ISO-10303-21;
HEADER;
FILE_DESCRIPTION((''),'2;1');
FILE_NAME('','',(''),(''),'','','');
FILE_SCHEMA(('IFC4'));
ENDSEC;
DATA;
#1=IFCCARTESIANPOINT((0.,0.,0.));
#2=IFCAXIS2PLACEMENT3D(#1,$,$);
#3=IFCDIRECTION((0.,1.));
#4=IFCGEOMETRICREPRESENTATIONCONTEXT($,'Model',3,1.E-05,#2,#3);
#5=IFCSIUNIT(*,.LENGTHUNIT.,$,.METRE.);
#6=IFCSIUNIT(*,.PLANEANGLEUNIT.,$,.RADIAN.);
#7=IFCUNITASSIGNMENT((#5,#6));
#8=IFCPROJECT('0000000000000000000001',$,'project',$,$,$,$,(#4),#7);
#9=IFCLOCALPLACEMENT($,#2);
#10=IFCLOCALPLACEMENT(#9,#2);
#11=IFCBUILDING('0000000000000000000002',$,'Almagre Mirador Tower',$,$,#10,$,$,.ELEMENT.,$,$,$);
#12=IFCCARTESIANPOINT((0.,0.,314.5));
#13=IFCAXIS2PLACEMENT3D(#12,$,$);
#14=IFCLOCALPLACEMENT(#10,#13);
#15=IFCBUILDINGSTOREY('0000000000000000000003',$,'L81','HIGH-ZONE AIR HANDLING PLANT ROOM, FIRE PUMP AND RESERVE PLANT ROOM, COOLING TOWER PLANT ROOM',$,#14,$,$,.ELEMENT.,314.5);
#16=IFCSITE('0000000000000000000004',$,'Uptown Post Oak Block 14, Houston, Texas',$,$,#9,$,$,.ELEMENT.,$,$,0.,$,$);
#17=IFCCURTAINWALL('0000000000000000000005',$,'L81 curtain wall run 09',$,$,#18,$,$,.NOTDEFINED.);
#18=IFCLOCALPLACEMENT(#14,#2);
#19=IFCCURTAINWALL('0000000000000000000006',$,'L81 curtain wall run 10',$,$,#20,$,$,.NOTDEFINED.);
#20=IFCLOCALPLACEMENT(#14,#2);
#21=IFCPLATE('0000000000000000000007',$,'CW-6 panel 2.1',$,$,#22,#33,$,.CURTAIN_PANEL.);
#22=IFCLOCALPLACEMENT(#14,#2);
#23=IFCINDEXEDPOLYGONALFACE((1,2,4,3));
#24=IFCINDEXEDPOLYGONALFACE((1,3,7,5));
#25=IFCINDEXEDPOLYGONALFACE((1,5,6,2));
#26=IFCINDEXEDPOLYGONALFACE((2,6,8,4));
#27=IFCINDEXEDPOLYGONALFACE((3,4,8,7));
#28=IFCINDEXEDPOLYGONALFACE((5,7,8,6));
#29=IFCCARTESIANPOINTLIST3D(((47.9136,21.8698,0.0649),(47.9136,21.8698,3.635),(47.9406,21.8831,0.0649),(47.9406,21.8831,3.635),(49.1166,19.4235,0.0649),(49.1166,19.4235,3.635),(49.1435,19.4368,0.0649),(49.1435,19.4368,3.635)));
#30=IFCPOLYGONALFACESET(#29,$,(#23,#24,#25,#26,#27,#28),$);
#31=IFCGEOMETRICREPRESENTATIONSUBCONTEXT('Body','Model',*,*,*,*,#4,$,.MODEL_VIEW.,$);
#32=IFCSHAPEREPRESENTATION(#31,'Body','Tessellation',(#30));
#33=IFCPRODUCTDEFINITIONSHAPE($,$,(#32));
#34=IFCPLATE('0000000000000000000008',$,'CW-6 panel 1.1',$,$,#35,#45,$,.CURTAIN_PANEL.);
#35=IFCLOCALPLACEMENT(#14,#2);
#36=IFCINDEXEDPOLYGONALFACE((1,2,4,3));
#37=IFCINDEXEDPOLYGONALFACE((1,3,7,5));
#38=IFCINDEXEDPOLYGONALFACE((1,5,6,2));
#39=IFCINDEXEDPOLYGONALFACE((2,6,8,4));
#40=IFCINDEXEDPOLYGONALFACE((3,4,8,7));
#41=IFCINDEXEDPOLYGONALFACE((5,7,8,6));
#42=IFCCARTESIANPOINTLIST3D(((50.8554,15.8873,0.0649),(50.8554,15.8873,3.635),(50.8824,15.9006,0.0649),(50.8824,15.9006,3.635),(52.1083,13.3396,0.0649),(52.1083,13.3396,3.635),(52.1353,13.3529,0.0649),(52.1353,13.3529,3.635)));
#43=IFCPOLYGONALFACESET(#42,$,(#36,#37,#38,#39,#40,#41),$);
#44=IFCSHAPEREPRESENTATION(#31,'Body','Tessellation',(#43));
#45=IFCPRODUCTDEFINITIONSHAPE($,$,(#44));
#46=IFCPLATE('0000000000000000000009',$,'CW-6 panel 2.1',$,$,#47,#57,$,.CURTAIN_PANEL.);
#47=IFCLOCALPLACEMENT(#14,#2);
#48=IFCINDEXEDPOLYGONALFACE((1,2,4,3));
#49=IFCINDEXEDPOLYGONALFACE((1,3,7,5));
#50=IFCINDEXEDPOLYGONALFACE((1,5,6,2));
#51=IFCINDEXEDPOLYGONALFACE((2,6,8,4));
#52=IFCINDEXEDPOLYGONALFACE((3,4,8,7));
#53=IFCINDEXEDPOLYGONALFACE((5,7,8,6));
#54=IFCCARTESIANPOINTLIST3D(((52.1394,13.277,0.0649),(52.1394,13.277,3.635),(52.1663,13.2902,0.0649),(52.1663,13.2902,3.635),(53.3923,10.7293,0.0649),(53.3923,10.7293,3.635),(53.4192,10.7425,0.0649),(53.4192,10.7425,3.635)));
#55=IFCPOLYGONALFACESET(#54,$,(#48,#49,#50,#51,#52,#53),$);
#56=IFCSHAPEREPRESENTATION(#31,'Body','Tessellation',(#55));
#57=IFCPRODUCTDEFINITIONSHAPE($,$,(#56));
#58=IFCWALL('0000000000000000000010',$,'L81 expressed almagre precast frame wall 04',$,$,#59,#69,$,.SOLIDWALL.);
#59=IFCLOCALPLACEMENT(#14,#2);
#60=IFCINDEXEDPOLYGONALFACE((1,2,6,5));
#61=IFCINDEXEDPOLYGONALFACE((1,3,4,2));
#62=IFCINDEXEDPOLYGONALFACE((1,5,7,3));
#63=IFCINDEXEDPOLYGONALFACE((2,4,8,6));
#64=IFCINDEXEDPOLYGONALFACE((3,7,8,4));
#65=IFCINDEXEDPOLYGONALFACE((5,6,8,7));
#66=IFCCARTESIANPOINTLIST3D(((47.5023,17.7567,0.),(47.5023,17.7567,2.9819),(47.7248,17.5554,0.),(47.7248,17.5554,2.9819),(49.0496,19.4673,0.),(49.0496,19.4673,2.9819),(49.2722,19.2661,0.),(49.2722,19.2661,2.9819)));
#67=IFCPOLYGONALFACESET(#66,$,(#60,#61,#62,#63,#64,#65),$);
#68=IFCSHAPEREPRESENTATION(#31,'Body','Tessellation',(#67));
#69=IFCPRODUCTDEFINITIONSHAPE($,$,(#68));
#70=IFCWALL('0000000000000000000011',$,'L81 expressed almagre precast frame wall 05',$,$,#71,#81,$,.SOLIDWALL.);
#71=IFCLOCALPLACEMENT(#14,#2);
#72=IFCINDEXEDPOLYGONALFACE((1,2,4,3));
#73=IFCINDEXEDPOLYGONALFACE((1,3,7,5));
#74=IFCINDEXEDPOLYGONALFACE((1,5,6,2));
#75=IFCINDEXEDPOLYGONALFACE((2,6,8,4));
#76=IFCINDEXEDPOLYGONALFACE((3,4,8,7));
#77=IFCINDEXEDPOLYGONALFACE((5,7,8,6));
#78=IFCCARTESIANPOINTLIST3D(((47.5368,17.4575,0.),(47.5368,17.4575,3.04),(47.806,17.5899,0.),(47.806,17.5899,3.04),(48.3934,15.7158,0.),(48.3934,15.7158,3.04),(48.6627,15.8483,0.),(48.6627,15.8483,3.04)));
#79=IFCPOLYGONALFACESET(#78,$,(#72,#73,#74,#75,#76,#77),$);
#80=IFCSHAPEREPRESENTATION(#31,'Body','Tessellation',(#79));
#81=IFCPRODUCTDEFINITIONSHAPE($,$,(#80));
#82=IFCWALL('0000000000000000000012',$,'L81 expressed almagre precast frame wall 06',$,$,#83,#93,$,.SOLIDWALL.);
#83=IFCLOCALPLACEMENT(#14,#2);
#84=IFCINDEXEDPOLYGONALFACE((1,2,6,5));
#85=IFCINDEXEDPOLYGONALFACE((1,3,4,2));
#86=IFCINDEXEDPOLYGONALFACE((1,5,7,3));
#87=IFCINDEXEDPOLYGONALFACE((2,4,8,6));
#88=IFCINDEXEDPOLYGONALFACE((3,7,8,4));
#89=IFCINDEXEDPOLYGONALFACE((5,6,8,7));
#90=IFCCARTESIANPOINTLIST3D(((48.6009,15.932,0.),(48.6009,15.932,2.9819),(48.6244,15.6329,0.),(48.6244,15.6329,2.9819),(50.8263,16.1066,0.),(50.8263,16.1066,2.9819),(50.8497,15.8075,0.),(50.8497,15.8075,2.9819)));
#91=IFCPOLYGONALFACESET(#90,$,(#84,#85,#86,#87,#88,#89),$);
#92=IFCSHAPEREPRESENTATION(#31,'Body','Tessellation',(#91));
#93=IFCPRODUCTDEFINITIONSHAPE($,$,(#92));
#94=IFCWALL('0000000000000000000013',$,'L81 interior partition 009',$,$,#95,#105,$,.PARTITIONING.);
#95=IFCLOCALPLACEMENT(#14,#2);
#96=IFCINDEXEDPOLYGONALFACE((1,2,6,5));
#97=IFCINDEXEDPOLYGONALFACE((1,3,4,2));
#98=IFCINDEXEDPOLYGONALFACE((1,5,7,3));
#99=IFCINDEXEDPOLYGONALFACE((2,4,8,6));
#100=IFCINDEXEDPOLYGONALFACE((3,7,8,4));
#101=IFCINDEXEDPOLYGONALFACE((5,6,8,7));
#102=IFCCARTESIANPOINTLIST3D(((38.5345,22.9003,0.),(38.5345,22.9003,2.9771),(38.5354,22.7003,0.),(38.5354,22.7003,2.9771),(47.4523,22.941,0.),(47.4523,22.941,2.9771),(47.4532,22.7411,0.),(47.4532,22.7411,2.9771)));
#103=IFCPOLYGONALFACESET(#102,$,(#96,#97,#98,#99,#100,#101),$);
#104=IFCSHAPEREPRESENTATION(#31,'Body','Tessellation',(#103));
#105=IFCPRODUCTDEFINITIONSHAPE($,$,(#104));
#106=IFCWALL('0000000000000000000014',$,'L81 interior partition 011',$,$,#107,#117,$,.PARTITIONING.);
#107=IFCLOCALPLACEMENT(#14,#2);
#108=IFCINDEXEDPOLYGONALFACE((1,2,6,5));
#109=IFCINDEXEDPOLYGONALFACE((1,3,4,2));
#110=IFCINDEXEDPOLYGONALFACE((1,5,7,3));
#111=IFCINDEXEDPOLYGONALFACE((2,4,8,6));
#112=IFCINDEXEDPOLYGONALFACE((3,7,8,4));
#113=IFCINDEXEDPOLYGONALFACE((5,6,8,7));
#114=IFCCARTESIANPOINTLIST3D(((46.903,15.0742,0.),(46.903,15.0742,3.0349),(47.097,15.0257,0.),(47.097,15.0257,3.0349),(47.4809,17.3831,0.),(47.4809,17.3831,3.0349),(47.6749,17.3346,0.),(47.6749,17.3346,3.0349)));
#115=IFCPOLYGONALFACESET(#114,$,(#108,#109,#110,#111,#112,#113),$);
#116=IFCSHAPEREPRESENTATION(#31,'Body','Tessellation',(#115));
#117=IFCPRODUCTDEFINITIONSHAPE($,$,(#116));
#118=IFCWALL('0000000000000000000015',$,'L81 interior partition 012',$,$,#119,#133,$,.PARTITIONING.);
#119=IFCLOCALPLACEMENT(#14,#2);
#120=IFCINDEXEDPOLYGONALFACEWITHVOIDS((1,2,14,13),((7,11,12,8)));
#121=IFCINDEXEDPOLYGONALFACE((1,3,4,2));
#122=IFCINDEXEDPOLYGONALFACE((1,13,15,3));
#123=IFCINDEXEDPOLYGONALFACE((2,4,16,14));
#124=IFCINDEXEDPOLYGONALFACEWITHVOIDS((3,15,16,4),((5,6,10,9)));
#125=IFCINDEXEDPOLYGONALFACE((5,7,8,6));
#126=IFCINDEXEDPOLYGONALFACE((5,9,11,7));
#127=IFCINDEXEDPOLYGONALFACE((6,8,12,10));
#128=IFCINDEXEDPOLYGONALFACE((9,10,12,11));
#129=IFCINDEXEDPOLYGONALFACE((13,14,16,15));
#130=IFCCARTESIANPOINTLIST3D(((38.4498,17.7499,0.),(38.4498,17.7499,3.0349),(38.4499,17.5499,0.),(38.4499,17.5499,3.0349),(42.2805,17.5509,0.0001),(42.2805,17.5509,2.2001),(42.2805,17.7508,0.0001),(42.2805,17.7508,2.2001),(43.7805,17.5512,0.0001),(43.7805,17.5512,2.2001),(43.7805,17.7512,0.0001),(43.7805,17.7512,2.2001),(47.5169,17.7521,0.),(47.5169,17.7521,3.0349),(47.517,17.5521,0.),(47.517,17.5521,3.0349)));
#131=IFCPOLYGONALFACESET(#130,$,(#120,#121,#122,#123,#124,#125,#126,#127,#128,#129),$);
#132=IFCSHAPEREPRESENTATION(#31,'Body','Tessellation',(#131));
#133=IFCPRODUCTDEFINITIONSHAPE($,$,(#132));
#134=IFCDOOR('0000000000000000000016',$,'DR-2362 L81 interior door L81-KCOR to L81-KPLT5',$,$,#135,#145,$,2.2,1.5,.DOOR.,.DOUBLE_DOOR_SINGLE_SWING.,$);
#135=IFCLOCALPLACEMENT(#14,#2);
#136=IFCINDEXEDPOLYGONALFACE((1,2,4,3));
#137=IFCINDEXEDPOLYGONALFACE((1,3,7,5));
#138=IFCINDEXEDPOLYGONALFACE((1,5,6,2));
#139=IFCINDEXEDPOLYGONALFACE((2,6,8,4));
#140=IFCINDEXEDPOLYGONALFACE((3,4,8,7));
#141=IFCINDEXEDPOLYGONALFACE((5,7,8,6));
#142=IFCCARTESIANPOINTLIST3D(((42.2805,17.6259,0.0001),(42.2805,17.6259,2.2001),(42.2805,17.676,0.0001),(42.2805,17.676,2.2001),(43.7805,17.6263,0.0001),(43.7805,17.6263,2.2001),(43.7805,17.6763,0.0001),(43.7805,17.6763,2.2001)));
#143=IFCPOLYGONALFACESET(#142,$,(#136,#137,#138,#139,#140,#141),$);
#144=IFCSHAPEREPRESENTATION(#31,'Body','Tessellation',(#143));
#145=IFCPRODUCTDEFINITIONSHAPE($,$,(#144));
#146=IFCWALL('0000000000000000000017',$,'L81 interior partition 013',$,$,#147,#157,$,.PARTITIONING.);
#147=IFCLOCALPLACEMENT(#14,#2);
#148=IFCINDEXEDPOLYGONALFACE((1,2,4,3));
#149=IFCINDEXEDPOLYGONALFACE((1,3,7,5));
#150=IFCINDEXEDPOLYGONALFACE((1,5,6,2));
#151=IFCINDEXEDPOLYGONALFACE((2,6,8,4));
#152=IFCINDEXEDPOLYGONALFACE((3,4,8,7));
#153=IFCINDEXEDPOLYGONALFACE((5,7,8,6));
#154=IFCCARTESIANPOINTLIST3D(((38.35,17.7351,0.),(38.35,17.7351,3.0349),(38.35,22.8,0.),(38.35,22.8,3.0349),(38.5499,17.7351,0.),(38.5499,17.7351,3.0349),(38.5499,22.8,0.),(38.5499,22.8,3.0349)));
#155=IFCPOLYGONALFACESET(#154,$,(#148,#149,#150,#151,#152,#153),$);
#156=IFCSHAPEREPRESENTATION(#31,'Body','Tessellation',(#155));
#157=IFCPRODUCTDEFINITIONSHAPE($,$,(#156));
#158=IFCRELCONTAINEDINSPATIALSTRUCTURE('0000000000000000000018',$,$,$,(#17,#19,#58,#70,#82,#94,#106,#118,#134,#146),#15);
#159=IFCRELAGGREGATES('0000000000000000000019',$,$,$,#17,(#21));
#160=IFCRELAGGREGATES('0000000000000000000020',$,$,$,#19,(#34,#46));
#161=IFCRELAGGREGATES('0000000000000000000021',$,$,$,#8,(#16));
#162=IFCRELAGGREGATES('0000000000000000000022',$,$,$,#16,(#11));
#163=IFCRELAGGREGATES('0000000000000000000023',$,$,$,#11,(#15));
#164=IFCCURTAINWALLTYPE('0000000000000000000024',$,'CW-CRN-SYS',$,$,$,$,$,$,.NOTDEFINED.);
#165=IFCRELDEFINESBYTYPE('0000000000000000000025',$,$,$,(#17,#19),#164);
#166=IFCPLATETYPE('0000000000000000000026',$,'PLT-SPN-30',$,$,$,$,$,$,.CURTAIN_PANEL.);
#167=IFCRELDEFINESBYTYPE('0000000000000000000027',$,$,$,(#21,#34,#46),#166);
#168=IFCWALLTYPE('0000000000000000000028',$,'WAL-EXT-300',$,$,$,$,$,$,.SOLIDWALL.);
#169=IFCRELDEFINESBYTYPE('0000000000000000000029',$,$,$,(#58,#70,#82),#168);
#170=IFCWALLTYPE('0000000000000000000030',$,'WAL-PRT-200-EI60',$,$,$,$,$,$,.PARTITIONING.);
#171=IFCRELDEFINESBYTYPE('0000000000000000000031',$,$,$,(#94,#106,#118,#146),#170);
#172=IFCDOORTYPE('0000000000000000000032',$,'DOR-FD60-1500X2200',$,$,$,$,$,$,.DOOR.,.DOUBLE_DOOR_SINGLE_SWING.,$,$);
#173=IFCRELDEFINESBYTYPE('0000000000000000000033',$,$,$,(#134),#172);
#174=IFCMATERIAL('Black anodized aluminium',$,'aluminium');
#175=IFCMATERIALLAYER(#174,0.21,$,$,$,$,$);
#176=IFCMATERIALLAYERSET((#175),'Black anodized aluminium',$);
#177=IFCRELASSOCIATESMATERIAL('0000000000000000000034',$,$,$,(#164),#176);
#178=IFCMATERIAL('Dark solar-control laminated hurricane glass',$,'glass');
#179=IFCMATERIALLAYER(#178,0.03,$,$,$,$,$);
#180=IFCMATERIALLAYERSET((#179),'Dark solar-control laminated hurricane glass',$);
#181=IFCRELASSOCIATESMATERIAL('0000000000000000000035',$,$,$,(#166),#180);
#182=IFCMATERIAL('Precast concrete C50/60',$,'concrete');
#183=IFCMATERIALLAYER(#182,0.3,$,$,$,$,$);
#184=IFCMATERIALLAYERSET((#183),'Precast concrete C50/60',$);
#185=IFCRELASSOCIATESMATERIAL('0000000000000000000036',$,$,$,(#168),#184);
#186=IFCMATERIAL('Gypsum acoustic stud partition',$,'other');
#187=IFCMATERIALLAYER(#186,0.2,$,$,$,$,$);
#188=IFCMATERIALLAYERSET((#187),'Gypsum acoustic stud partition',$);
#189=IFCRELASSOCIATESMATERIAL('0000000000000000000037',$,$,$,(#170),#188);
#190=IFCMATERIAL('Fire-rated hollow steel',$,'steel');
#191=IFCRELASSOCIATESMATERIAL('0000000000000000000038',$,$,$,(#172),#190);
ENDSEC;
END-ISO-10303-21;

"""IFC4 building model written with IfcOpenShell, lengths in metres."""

from ifc_helpers import new_model, si_unit, direction, frame, frame_2d, origin, origin_2d, place, context, subcontext, project, spatial, rectangle, extrude, material, layer, layer_set, type_object, element, fill, aggregate, save


model = new_model("IFC4")

# Units and contexts
model_context = context("Model", 3, precision=1e-05, world=origin(), true_north=direction((0.0, 1.0)))
body_context = subcontext(model_context, "Body", "Model", "MODEL_VIEW")
ifc_project = project(units=[si_unit("LENGTHUNIT", "METRE"), si_unit("PLANEANGLEUNIT", "RADIAN")], contexts=[model_context])

# Site, building, storey
site_placement = place(None, origin())
site = spatial("IfcSite", under=ifc_project, at=site_placement, Name="Uptown Post Oak Block 14, Houston, Texas", CompositionType="ELEMENT", RefElevation=0.0)
building_placement = place(site_placement, origin())
building = spatial("IfcBuilding", under=site, at=building_placement, Name="Almagre Mirador Tower", CompositionType="ELEMENT")
storey_placement = place(building_placement, frame((0.0, 0.0, 314.5)))
storey = spatial("IfcBuildingStorey", under=building, at=storey_placement, Name="L81", Description="HIGH-ZONE AIR HANDLING PLANT ROOM, FIRE PUMP AND RESERVE PLANT ROOM, COOLING TOWER PLANT ROOM", CompositionType="ELEMENT", Elevation=314.5)

# Curtain walls
ifc_material_1 = material(Name="Black anodized aluminium", Category="aluminium")
ifc_layer_1 = layer(ifc_material_1, 0.21)
ifc_layer_set_1 = layer_set([ifc_layer_1], Name="Black anodized aluminium")
curtain_wall_type = type_object("IfcCurtainWallType", Name="CW-CRN-SYS", PredefinedType="NOTDEFINED", material=ifc_layer_set_1)
curtain_wall_1_placement = place(storey_placement, origin())
curtain_wall_1 = element("IfcCurtainWall", 1, at=curtain_wall_1_placement, inside=storey, type_object=curtain_wall_type, Name="L81 curtain wall run 09", PredefinedType="NOTDEFINED")
curtain_wall_2_placement = place(storey_placement, origin())
curtain_wall_2 = element("IfcCurtainWall", 2, at=curtain_wall_2_placement, inside=storey, type_object=curtain_wall_type, Name="L81 curtain wall run 10", PredefinedType="NOTDEFINED")

# Plates
ifc_material_2 = material(Name="Dark solar-control laminated hurricane glass", Category="glass")
ifc_layer_2 = layer(ifc_material_2, 0.03)
ifc_layer_set_2 = layer_set([ifc_layer_2], Name="Dark solar-control laminated hurricane glass")
plate_type = type_object("IfcPlateType", Name="PLT-SPN-30", PredefinedType="CURTAIN_PANEL", material=ifc_layer_set_2)
plate_1_placement = place(storey_placement, frame((48.5286, 20.6533, 0.0649), z_axis=(0.0, 0.0, 1.0), x_axis=(0.44127, -0.897375, 0.0)))
plate_1 = element("IfcPlate", 3, at=plate_1_placement, type_object=plate_type, Name="CW-6 panel 2.1", PredefinedType="CURTAIN_PANEL", context=body_context, shape_type="SweptSolid", body=[
    extrude(rectangle(XDim=2.7261, YDim=0.03, at=origin_2d()), origin(), (0.0, 0.0, 1.0), 3.5701),
])
aggregate(curtain_wall_1, [plate_1])
plate_2_placement = place(storey_placement, frame((51.4954, 14.6201, 0.0649), z_axis=(0.0, 0.0, 1.0), x_axis=(0.441294, -0.897363, 0.0)))
plate_2 = element("IfcPlate", 4, at=plate_2_placement, type_object=plate_type, Name="CW-6 panel 1.1", PredefinedType="CURTAIN_PANEL", context=body_context, shape_type="SweptSolid", body=[
    extrude(rectangle(XDim=2.8391, YDim=0.03, at=origin_2d()), origin(), (0.0, 0.0, 1.0), 3.5701),
])
plate_3_placement = place(storey_placement, frame((52.7793, 12.0098, 0.0649), z_axis=(0.0, 0.0, 1.0), x_axis=(0.441294, -0.897363, 0.0)))
plate_3 = element("IfcPlate", 5, at=plate_3_placement, type_object=plate_type, Name="CW-6 panel 2.1", PredefinedType="CURTAIN_PANEL", context=body_context, shape_type="SweptSolid", body=[
    extrude(rectangle(XDim=2.8391, YDim=0.03, at=origin_2d()), origin(), (0.0, 0.0, 1.0), 3.5701),
])
aggregate(curtain_wall_2, [plate_2, plate_3])

# Walls
ifc_material_3 = material(Name="Precast concrete C50/60", Category="concrete")
ifc_layer_3 = layer(ifc_material_3, 0.3)
ifc_layer_set_3 = layer_set([ifc_layer_3], Name="Precast concrete C50/60")
wall_type_1 = type_object("IfcWallType", Name="WAL-EXT-300", PredefinedType="SOLIDWALL", material=ifc_layer_set_3)
wall_1_placement = place(storey_placement, frame((49.1609, 19.3667, 0.0), z_axis=(0.0, 0.0, 1.0), x_axis=(-0.670816, -0.741624, 0.0)))
element("IfcWall", 6, at=wall_1_placement, inside=storey, type_object=wall_type_1, Name="L81 expressed almagre precast frame wall 04", PredefinedType="SOLIDWALL", context=body_context, shape_type="SweptSolid", body=[
    extrude(rectangle(XDim=2.3066, YDim=0.3, at=frame_2d((1.1533, 0.0))), origin(), (0.0, 0.0, 1.0), 2.9819),
])
wall_2_placement = place(storey_placement, frame((47.6714, 17.5237, 0.0), z_axis=(0.0, 0.0, 1.0), x_axis=(0.441368, -0.897326, 0.0)))
element("IfcWall", 7, at=wall_2_placement, inside=storey, type_object=wall_type_1, Name="L81 expressed almagre precast frame wall 05", PredefinedType="SOLIDWALL", context=body_context, shape_type="SweptSolid", body=[
    extrude(rectangle(XDim=1.9409, YDim=0.3, at=frame_2d((0.9705, 0.0))), origin(), (0.0, 0.0, 1.0), 3.04),
])
wall_3_placement = place(storey_placement, frame((48.6125, 15.7825, 0.0), z_axis=(0.0, 0.0, 1.0), x_axis=(0.996938, 0.078202, 0.0)))
element("IfcWall", 8, at=wall_3_placement, inside=storey, type_object=wall_type_1, Name="L81 expressed almagre precast frame wall 06", PredefinedType="SOLIDWALL", context=body_context, shape_type="SweptSolid", body=[
    extrude(rectangle(XDim=2.2322, YDim=0.3, at=frame_2d((1.1162, 0.0))), origin(), (0.0, 0.0, 1.0), 2.9819),
])
ifc_material_4 = material(Name="Gypsum acoustic stud partition", Category="other")
ifc_layer_4 = layer(ifc_material_4, 0.2)
ifc_layer_set_4 = layer_set([ifc_layer_4], Name="Gypsum acoustic stud partition")
wall_type_2 = type_object("IfcWallType", Name="WAL-PRT-200-EI60", PredefinedType="PARTITIONING", material=ifc_layer_set_4)
wall_4_placement = place(storey_placement, frame((38.5349, 22.8003, 0.0), z_axis=(0.0, 0.0, 1.0), x_axis=(0.99999, 0.004572, 0.0)))
element("IfcWall", 9, at=wall_4_placement, inside=storey, type_object=wall_type_2, Name="L81 interior partition 009", PredefinedType="PARTITIONING", context=body_context, shape_type="SweptSolid", body=[
    extrude(rectangle(XDim=8.918, YDim=0.2, at=frame_2d((4.459, 0.0))), origin(), (0.0, 0.0, 1.0), 2.9771),
])
wall_5_placement = place(storey_placement, frame((47.0, 15.05, 0.0), z_axis=(0.0, 0.0, 1.0), x_axis=(0.242801, 0.970076, 0.0)))
element("IfcWall", 10, at=wall_5_placement, inside=storey, type_object=wall_type_2, Name="L81 interior partition 011", PredefinedType="PARTITIONING", context=body_context, shape_type="SweptSolid", body=[
    extrude(rectangle(XDim=2.3801, YDim=0.2, at=frame_2d((1.1899, 0.0))), origin(), (0.0, 0.0, 1.0), 3.0349),
])

# Wall, opening, door
wall_6_placement = place(storey_placement, frame((47.5171, 17.6521, 0.0), z_axis=(0.0, 0.0, 1.0), x_axis=(-1.0, -0.000242, 0.0)))
wall_6 = element("IfcWall", 11, at=wall_6_placement, inside=storey, type_object=wall_type_2, Name="L81 interior partition 012", PredefinedType="PARTITIONING", context=body_context, shape_type="SweptSolid", body=[
    extrude(rectangle(XDim=9.0671, YDim=0.2, at=frame_2d((4.5337, 0.0))), origin(), (0.0, 0.0, 1.0), 3.0349),
])
opening_placement = place(wall_6_placement, frame((3.7366, 0.0, 0.0)))
opening = element("IfcOpeningElement", 12, at=opening_placement, cuts=wall_6, PredefinedType="OPENING", context=body_context, shape_type="SweptSolid", body=[
    extrude(rectangle(XDim=1.5, YDim=2.2, at=frame_2d((0.75, 1.1001))), frame((0.0, 0.1101, 0.0), z_axis=(0.0, -1.0, 0.0), x_axis=(1.0, 0.0, 0.0)), (0.0, 0.0, 1.0), 0.22),
])
ifc_material_5 = material(Name="Fire-rated hollow steel", Category="steel")
door_type = type_object("IfcDoorType", Name="DOR-FD60-1500X2200", OperationType="DOUBLE_DOOR_SINGLE_SWING", PredefinedType="DOOR", material=ifc_material_5)
door_placement = place(opening_placement, origin())
door = element("IfcDoor", 13, at=door_placement, inside=storey, type_object=door_type, Name="DR-2362 L81 interior door L81-KCOR to L81-KPLT5", OperationType="DOUBLE_DOOR_SINGLE_SWING", OverallHeight=2.2, OverallWidth=1.5, PredefinedType="DOOR", context=body_context, shape_type="SweptSolid", body=[
    extrude(rectangle(XDim=1.5, YDim=2.2, at=frame_2d((0.75, 1.1001))), frame((0.0, 0.0249, 0.0), z_axis=(0.0, -1.0, 0.0), x_axis=(1.0, 0.0, 0.0)), (0.0, 0.0, 1.0), 0.05),
])
fill(opening, door)

# Wall
wall_7_placement = place(storey_placement, frame((38.45, 17.7351, 0.0), z_axis=(0.0, 0.0, 1.0), x_axis=(0.0, 1.0, 0.0)))
element("IfcWall", 14, at=wall_7_placement, inside=storey, type_object=wall_type_2, Name="L81 interior partition 013", PredefinedType="PARTITIONING", context=body_context, shape_type="SweptSolid", body=[
    extrude(rectangle(XDim=5.0649, YDim=0.2, at=frame_2d((2.5325, 0.0))), origin(), (0.0, 0.0, 1.0), 3.0349),
])

save(model, "model.ifc")
